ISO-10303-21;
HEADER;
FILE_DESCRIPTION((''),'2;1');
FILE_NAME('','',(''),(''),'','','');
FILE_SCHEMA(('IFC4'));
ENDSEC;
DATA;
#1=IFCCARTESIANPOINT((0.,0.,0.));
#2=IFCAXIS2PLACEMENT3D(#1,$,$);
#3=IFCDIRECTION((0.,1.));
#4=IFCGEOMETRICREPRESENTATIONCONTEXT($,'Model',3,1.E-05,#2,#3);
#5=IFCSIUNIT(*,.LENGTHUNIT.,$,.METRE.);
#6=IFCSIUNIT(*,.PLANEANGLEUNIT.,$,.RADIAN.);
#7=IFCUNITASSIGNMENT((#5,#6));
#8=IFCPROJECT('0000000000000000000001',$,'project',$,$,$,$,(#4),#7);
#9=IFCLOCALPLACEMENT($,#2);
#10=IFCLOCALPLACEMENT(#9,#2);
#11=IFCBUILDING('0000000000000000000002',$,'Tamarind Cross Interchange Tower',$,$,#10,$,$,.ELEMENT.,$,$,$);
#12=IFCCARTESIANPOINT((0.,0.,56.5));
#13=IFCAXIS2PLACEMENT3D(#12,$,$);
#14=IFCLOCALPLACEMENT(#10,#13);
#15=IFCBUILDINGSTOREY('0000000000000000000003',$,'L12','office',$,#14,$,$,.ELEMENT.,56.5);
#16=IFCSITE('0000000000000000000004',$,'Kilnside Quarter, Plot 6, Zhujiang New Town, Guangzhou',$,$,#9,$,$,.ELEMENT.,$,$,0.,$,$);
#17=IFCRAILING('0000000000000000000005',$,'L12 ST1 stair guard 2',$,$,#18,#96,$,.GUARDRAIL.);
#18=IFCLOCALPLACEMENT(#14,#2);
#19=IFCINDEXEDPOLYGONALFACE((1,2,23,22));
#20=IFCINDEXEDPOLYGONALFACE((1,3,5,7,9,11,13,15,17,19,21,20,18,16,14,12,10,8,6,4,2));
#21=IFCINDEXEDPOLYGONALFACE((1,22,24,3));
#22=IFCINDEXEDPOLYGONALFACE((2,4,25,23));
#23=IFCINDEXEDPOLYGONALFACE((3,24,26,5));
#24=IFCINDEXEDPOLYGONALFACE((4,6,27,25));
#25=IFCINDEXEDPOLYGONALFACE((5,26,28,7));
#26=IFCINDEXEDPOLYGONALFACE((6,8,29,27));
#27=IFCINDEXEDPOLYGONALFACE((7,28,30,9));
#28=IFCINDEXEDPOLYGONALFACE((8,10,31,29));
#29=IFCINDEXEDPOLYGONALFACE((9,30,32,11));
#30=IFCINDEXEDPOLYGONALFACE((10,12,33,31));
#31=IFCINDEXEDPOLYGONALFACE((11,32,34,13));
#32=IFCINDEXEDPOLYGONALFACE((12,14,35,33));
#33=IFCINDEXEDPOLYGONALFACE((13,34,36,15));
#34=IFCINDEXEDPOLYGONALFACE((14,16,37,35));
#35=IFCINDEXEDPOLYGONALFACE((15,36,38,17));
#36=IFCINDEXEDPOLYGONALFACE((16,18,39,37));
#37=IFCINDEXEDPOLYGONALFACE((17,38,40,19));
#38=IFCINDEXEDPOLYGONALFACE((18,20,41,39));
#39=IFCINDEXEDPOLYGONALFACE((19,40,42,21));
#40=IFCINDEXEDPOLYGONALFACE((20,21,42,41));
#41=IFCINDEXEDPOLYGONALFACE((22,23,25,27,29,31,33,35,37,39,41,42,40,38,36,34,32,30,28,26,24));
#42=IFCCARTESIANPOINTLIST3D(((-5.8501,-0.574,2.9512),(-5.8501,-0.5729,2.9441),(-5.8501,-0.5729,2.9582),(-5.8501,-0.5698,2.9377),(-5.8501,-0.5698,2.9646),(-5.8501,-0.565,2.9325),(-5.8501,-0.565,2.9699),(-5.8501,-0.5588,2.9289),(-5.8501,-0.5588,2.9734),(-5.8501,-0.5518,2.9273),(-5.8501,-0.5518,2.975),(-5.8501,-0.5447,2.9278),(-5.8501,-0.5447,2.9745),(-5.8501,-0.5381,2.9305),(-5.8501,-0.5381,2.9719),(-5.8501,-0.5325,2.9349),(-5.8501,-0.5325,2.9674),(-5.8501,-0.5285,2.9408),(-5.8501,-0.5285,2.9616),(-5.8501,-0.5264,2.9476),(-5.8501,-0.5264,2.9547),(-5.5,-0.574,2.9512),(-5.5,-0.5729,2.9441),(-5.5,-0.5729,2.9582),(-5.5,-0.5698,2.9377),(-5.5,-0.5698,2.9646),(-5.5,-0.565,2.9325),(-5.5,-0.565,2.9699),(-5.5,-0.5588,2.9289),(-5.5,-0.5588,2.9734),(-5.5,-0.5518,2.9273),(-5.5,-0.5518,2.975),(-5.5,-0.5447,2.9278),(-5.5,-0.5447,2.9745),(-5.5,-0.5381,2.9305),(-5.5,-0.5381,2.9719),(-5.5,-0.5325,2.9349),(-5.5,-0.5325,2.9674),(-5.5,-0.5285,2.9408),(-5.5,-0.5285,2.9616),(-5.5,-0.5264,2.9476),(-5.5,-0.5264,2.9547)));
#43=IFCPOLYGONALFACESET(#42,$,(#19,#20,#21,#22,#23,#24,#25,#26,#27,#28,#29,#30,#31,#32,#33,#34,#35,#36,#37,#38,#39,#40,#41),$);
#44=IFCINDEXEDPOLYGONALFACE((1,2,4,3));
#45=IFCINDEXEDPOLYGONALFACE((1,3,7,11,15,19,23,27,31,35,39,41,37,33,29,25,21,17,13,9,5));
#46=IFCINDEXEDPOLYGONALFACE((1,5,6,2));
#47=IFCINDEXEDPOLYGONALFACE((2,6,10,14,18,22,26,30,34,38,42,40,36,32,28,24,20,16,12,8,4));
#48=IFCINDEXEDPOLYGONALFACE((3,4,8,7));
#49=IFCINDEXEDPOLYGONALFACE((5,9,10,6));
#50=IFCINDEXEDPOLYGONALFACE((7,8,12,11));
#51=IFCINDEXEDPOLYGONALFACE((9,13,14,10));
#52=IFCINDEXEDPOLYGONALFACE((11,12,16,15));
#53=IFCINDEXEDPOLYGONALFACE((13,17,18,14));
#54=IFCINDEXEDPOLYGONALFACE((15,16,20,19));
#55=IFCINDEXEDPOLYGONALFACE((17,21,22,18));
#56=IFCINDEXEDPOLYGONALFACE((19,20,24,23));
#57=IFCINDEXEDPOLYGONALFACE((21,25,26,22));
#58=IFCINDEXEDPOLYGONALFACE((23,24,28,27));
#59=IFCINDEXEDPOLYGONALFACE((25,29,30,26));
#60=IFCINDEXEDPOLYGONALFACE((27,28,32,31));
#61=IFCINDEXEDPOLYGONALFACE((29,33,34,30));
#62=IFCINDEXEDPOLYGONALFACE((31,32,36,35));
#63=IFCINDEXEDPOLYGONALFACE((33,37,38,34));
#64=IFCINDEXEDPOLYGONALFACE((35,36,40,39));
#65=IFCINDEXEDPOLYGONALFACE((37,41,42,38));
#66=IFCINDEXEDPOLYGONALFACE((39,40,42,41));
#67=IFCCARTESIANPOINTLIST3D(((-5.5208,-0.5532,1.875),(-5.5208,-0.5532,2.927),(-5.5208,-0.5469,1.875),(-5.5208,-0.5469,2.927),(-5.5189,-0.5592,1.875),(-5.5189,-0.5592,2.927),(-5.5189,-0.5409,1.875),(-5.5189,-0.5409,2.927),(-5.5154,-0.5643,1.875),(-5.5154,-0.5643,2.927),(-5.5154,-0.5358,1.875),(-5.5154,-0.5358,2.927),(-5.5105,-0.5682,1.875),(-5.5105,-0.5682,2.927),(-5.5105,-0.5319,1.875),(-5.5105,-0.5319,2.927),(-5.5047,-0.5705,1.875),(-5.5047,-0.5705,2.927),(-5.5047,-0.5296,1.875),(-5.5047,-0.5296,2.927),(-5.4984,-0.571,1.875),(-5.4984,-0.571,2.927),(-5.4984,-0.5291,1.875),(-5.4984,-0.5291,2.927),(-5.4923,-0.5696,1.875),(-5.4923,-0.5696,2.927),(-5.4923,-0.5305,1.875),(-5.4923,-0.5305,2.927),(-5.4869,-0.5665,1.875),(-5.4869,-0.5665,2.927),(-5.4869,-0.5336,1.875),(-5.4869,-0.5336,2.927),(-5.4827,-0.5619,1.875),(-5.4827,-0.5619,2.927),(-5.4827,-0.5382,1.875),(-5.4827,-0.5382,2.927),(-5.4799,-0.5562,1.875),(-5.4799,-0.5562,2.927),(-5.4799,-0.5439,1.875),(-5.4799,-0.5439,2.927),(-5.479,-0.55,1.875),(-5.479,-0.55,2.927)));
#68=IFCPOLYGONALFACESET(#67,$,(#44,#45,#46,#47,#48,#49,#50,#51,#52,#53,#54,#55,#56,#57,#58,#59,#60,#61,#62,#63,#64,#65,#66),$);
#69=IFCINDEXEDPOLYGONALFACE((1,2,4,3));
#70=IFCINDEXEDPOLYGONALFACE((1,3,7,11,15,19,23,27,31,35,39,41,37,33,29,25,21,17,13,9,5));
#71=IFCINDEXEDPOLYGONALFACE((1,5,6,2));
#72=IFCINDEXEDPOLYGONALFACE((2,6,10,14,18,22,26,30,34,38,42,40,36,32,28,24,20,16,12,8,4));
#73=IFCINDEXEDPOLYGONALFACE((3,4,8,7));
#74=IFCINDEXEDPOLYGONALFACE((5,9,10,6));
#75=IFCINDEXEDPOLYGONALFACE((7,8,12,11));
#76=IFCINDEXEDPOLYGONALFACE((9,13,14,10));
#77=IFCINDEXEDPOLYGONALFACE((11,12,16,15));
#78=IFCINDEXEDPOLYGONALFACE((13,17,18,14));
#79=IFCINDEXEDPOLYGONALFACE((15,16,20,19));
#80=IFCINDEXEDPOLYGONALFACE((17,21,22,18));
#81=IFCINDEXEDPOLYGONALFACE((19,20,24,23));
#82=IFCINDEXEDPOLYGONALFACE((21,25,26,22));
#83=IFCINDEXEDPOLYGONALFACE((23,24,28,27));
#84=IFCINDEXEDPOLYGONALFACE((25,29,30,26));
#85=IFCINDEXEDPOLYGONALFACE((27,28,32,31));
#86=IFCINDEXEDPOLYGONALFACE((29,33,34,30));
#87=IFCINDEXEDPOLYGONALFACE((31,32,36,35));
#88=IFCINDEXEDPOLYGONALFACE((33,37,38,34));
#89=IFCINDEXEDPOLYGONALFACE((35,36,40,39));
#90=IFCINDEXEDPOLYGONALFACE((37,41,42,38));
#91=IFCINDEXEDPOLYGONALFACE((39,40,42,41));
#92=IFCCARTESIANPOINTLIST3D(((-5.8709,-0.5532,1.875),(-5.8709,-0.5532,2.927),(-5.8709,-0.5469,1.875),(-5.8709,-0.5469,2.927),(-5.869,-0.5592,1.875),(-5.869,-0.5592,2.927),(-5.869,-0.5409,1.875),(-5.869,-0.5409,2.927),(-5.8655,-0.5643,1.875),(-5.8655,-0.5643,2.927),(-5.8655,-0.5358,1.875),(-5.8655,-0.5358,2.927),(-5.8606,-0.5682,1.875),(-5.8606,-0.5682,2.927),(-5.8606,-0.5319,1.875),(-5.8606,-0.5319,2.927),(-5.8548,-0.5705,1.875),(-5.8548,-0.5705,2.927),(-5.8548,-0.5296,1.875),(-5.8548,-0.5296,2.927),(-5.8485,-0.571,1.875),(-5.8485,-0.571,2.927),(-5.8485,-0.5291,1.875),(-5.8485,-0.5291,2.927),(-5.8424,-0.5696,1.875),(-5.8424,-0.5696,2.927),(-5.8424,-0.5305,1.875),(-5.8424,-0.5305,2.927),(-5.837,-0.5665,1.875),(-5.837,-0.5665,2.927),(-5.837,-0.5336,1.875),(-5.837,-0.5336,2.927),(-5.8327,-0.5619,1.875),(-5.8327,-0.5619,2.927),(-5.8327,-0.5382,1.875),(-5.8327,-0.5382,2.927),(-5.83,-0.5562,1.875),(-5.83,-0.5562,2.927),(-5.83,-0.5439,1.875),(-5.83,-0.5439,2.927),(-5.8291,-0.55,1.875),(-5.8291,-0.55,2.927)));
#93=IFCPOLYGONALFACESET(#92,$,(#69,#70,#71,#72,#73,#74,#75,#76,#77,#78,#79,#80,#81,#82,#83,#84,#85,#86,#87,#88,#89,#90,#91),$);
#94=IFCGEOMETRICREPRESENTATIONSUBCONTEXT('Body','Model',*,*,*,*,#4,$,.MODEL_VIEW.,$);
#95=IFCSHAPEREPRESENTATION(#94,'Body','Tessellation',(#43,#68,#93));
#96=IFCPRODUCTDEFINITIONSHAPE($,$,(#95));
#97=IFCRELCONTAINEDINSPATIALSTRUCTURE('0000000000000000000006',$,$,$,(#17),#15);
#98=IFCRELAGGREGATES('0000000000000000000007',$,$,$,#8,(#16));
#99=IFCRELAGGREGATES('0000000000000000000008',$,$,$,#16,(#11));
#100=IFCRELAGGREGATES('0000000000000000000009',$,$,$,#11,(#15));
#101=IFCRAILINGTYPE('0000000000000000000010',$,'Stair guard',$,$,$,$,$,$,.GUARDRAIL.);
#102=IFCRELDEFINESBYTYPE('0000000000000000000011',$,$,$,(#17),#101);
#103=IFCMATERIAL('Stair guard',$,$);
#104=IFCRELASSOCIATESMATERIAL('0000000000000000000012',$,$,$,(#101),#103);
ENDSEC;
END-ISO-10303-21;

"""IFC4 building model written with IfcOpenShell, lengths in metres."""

from ifc_helpers import new_model, si_unit, direction, frame, origin, origin_2d, place, context, subcontext, project, spatial, circle, extrude, material, type_object, element, save


model = new_model("IFC4")

# Units and contexts
model_context = context("Model", 3, precision=1e-05, world=origin(), true_north=direction((0.0, 1.0)))
body_context = subcontext(model_context, "Body", "Model", "MODEL_VIEW")
ifc_project = project(units=[si_unit("LENGTHUNIT", "METRE"), si_unit("PLANEANGLEUNIT", "RADIAN")], contexts=[model_context])

# Site, building, storey
site_placement = place(None, origin())
site = spatial("IfcSite", under=ifc_project, at=site_placement, Name="Kilnside Quarter, Plot 6, Zhujiang New Town, Guangzhou", CompositionType="ELEMENT", RefElevation=0.0)
building_placement = place(site_placement, origin())
building = spatial("IfcBuilding", under=site, at=building_placement, Name="Tamarind Cross Interchange Tower", CompositionType="ELEMENT")
storey_placement = place(building_placement, frame((0.0, 0.0, 56.5)))
storey = spatial("IfcBuildingStorey", under=building, at=storey_placement, Name="L12", Description="office", CompositionType="ELEMENT", Elevation=56.5)

# Railing
ifc_material_1 = material(Name="Stair guard")
railing_type_1 = type_object("IfcRailingType", Name="Stair guard", PredefinedType="GUARDRAIL", material=ifc_material_1)
railing_1_placement = place(storey_placement, frame((-5.5, -0.55, 1.875)))
element("IfcRailing", 1, at=railing_1_placement, inside=storey, type_object=railing_type_1, Name="L12 ST1 stair guard 2", PredefinedType="GUARDRAIL", context=body_context, shape_type="SweptSolid", body=[
    extrude(circle(Radius=0.0239, at=origin_2d()), frame((0.0, 0.0, 1.0762), z_axis=(-1.0, 0.0, 0.0), x_axis=(0.0, -1.0, 0.0)), (0.0, 0.0, 1.0), 0.3501),
    extrude(circle(Radius=0.021, at=origin_2d()), origin(), (0.0, 0.0, 1.0), 1.052),
    extrude(circle(Radius=0.021, at=origin_2d()), frame((-0.3501, 0.0, 0.0)), (0.0, 0.0, 1.0), 1.052),
])

save(model, "model.ifc")
